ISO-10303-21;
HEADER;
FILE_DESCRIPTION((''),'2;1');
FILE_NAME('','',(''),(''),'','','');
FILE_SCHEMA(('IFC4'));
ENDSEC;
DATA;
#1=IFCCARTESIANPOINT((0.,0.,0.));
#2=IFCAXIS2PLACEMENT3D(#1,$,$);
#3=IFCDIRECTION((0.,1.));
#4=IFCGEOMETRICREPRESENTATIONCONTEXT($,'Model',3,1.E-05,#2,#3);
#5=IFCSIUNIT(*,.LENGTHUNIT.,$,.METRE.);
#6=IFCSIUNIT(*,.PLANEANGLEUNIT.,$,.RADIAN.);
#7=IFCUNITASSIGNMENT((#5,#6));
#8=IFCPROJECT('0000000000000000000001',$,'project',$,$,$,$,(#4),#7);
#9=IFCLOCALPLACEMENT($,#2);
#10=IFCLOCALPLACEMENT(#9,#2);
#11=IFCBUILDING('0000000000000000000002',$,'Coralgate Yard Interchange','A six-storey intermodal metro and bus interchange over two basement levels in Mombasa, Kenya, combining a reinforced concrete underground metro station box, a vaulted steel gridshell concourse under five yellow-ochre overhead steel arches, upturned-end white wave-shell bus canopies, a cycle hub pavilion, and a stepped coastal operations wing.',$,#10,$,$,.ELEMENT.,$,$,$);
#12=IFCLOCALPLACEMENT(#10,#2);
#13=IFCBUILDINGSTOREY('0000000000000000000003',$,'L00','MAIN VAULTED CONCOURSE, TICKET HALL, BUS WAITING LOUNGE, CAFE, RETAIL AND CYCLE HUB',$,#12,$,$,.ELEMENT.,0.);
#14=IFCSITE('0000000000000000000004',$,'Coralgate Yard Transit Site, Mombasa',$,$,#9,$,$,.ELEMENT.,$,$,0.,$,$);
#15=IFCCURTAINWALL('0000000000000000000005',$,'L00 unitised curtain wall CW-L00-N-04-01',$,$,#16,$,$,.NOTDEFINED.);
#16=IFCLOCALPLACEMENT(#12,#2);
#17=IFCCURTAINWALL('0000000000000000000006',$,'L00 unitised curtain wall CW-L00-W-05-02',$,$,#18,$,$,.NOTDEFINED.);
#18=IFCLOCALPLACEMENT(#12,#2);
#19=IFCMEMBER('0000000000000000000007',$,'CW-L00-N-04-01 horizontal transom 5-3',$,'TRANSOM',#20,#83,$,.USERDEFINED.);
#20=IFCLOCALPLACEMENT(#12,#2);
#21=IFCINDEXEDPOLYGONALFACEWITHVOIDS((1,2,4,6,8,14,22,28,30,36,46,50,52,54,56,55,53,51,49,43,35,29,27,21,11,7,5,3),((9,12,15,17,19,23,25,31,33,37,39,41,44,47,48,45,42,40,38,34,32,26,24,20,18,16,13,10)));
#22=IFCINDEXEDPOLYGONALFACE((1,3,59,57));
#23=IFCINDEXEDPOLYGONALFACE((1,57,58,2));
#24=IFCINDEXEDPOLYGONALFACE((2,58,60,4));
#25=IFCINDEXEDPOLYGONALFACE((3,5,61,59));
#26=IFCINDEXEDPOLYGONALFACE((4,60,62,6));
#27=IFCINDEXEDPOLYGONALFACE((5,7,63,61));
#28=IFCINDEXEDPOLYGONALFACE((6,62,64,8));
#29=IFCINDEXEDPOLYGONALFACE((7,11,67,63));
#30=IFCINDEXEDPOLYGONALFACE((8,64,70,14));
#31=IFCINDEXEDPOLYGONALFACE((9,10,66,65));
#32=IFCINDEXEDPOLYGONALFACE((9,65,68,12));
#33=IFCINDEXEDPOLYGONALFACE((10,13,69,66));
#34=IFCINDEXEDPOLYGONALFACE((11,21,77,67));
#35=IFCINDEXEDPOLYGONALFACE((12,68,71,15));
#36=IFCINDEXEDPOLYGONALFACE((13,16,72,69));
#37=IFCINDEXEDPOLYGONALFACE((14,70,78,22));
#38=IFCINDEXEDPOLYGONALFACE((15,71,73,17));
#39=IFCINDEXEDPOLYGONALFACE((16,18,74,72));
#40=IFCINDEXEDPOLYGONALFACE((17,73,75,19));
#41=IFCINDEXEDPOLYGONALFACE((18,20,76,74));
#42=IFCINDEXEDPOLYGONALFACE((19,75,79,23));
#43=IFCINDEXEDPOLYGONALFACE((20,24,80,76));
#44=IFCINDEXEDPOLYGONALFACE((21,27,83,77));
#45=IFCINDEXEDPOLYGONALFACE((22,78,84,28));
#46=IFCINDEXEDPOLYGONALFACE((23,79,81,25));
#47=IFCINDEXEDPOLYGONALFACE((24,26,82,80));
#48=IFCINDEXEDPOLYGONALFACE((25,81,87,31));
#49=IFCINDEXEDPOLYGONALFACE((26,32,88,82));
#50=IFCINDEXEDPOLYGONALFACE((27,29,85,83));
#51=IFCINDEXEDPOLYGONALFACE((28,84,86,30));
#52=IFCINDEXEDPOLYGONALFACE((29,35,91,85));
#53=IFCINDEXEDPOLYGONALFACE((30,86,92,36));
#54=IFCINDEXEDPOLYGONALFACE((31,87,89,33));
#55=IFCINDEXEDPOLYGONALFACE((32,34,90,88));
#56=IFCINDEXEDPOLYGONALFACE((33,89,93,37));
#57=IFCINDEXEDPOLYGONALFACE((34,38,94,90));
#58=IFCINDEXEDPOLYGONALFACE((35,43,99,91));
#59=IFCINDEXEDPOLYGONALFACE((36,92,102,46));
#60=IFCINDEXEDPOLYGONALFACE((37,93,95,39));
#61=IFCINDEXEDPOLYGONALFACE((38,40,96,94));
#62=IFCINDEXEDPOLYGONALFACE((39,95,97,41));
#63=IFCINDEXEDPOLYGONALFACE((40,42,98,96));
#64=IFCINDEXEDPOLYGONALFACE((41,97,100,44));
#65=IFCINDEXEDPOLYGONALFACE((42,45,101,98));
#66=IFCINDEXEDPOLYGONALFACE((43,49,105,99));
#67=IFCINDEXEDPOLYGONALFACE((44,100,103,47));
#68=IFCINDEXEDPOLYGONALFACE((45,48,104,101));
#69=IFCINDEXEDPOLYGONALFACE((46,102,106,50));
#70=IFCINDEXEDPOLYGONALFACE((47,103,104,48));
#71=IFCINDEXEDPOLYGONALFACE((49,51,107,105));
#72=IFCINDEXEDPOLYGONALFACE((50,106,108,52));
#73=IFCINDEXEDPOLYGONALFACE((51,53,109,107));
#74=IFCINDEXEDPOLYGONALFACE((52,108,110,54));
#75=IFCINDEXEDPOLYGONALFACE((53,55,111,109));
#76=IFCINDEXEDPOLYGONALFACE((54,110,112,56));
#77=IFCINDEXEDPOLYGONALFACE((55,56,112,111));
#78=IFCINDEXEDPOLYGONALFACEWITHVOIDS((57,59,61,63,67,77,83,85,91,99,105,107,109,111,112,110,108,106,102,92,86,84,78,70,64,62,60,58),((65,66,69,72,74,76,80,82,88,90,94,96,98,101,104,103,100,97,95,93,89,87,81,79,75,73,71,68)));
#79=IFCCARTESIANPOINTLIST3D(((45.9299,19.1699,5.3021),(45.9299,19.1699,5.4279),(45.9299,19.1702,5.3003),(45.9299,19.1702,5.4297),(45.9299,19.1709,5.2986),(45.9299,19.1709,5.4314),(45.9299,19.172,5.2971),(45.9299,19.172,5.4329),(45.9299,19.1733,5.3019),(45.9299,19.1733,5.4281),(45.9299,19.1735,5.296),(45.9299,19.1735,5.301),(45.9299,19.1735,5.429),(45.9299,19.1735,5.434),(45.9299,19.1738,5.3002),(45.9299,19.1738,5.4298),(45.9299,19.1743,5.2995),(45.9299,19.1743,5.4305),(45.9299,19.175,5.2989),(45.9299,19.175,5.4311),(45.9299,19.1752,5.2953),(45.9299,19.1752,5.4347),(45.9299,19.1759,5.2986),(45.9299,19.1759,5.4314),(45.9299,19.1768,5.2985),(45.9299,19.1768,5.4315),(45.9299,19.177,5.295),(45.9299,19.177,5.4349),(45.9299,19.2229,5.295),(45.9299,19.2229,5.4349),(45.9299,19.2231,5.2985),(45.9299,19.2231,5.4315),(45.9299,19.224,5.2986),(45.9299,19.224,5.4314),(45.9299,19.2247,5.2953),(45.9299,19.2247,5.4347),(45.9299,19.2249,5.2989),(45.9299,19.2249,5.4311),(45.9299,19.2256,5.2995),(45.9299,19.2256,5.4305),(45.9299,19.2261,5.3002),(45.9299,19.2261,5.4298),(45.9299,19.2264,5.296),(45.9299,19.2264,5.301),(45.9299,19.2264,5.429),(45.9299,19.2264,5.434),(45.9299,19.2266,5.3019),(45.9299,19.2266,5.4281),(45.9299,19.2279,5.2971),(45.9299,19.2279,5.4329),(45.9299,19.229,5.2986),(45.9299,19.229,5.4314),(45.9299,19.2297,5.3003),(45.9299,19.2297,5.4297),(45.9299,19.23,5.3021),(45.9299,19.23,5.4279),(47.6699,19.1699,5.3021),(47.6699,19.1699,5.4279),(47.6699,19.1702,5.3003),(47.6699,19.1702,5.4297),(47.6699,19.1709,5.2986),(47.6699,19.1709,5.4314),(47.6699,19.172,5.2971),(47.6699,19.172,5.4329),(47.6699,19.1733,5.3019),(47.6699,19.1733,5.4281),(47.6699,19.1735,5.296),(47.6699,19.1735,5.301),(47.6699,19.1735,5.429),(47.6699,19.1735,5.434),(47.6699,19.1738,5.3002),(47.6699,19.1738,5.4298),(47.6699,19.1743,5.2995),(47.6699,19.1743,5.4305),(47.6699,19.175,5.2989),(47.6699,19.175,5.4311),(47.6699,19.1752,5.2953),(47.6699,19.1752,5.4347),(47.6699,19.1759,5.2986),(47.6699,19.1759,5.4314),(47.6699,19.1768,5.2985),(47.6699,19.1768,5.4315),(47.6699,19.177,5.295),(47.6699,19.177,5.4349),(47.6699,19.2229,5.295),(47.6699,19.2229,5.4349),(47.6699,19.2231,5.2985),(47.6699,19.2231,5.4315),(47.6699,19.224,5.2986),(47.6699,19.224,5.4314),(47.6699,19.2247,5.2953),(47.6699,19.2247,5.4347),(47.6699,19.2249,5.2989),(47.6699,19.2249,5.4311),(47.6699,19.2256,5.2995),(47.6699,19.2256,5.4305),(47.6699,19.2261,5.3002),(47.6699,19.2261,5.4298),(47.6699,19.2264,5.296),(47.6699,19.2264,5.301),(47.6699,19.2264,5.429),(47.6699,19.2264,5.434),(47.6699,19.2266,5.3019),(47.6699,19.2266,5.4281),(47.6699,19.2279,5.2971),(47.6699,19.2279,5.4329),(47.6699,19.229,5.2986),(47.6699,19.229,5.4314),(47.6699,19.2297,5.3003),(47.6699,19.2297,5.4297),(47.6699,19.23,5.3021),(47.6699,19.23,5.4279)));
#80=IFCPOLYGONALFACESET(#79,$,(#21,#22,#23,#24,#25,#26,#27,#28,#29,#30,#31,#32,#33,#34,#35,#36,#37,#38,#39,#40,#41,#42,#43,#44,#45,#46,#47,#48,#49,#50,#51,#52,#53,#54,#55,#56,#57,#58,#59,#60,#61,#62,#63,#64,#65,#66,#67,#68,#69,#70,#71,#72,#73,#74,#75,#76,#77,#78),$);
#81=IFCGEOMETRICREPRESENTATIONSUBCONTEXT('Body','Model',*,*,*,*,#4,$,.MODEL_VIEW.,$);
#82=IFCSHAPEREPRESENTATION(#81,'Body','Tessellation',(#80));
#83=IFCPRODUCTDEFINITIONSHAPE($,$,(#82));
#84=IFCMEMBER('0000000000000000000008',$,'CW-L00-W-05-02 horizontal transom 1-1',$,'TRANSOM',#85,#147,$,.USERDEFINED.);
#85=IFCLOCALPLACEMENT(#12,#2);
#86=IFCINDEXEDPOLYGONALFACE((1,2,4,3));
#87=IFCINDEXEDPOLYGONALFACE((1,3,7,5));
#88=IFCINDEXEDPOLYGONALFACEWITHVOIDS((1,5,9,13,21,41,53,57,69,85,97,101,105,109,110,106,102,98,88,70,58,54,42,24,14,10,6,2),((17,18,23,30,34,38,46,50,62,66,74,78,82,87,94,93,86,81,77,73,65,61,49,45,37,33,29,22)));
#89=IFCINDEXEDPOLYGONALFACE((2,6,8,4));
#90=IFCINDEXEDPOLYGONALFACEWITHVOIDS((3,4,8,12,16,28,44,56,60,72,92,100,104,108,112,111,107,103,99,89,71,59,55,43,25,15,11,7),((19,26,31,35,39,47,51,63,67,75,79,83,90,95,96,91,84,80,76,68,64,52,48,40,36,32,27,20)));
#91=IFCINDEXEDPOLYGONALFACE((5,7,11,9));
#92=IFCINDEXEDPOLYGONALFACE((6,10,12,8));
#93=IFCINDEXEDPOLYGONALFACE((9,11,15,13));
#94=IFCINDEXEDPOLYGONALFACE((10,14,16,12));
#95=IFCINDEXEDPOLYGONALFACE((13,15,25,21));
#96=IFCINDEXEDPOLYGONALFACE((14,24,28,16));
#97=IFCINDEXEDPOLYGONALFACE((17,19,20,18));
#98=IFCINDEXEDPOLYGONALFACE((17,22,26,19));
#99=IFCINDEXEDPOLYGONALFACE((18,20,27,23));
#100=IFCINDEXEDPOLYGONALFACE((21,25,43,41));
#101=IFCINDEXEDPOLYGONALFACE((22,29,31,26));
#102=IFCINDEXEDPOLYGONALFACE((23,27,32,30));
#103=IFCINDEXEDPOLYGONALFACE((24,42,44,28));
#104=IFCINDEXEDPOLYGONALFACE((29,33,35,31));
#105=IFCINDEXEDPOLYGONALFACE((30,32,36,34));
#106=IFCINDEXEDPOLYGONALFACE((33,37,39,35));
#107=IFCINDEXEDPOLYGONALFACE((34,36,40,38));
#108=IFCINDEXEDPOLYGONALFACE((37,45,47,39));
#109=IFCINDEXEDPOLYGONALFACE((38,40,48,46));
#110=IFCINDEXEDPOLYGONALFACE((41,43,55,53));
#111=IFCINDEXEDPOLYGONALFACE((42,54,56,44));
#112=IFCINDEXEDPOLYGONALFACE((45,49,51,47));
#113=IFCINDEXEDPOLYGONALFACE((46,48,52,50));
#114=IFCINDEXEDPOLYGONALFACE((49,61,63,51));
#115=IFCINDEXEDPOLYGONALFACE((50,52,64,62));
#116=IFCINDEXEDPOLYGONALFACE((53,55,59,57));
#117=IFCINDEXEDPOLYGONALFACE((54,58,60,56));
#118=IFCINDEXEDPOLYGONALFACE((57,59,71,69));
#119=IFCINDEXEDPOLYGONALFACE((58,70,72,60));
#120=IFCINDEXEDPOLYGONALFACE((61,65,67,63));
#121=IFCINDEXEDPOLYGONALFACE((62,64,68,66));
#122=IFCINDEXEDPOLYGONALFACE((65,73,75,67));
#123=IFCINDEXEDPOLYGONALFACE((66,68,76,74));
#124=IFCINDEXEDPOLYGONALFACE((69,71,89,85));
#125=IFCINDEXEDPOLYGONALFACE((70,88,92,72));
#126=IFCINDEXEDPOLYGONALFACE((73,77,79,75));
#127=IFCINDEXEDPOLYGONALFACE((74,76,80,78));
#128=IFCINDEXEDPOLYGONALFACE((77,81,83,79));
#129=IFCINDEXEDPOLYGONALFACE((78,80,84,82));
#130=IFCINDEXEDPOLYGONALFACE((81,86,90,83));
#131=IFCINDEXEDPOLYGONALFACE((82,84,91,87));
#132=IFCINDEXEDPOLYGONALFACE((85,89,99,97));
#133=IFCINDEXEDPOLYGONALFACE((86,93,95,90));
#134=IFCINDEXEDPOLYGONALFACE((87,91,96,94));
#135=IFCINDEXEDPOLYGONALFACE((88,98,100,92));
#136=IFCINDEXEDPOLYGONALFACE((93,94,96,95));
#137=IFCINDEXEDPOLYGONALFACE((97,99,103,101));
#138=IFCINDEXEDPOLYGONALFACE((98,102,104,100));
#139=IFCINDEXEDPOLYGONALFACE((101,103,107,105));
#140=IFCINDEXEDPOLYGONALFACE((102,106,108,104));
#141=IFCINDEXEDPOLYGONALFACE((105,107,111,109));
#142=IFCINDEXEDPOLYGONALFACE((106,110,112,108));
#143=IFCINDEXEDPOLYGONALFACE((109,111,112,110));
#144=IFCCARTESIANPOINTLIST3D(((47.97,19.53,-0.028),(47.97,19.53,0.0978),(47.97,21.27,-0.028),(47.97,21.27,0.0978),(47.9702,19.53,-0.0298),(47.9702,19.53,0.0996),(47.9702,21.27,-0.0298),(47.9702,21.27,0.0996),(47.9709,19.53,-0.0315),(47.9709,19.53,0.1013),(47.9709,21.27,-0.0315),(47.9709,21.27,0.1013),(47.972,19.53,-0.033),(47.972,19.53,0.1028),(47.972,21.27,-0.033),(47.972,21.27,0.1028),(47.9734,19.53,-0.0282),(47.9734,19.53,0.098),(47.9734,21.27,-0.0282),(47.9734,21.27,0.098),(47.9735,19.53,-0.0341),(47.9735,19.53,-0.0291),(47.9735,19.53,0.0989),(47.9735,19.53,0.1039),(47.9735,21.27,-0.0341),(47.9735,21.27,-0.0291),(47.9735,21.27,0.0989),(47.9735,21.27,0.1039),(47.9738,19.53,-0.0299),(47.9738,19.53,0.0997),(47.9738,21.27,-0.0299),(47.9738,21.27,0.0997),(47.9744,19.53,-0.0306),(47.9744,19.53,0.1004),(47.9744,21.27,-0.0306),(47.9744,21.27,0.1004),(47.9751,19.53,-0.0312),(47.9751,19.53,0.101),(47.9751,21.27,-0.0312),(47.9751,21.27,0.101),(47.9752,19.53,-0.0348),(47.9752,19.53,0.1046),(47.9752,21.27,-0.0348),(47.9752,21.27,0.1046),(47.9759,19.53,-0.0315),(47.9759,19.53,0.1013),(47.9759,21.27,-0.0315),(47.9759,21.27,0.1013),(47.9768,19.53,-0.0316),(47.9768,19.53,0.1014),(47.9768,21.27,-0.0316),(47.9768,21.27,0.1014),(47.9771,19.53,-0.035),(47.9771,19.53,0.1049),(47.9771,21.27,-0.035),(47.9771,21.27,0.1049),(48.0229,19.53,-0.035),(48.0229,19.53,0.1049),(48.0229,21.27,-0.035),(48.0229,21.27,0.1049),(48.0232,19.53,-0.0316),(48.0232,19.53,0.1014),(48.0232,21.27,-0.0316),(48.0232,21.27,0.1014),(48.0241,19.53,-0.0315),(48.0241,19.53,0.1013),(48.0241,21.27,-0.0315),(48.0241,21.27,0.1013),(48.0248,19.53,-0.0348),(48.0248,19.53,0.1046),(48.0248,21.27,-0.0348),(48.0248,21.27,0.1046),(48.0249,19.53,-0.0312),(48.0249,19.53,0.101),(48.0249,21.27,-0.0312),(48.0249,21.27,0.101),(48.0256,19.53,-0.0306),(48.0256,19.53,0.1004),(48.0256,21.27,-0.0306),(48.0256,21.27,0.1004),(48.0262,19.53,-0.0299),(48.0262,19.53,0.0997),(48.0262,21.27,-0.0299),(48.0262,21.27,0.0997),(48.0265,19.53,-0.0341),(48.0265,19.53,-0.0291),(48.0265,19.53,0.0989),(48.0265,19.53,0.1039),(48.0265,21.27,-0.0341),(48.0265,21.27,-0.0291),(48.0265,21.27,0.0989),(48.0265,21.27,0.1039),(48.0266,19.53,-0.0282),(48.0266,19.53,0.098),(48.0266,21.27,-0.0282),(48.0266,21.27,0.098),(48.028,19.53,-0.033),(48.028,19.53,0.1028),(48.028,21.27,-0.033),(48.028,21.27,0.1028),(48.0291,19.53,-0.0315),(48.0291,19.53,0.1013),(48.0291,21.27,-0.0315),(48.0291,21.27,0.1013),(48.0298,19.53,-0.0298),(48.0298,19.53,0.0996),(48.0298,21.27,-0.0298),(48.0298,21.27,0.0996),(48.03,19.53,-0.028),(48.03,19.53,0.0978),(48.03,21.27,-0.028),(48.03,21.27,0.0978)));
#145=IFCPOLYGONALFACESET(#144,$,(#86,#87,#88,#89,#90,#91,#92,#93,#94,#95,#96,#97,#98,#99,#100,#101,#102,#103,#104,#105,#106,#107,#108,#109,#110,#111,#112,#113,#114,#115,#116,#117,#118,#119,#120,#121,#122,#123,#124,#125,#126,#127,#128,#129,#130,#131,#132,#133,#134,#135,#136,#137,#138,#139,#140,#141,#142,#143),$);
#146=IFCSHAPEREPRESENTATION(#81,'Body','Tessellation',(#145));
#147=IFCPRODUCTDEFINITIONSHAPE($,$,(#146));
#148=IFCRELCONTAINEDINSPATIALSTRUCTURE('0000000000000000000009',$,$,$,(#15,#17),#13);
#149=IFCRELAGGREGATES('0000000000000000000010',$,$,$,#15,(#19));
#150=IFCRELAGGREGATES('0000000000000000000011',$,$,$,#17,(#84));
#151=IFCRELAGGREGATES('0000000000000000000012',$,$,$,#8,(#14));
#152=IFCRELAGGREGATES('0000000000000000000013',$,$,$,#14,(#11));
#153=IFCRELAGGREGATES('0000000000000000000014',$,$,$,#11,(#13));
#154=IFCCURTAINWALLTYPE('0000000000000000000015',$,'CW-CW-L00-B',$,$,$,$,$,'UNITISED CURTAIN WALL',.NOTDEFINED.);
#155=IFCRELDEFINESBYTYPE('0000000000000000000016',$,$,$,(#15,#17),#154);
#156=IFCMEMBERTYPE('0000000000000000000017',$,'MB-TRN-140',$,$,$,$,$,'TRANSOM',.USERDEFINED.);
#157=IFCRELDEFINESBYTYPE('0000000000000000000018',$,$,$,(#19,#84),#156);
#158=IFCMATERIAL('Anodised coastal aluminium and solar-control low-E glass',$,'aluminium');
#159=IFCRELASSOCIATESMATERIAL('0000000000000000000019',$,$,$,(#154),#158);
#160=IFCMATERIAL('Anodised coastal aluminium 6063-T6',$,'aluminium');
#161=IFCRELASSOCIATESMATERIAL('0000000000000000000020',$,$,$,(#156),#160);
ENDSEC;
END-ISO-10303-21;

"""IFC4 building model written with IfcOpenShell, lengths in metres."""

from ifc_helpers import new_model, si_unit, direction, frame, origin, origin_2d, place, context, subcontext, project, spatial, hollow_rectangle, extrude, material, material_profile, profile_set, type_object, element, aggregate, save


model = new_model("IFC4")

# Units and contexts
model_context = context("Model", 3, precision=1e-05, world=origin(), true_north=direction((0.0, 1.0)))
body_context = subcontext(model_context, "Body", "Model", "MODEL_VIEW")
ifc_project = project(units=[si_unit("LENGTHUNIT", "METRE"), si_unit("PLANEANGLEUNIT", "RADIAN")], contexts=[model_context])

# Site, building, storey
site_placement = place(None, origin())
site = spatial("IfcSite", under=ifc_project, at=site_placement, Name="Coralgate Yard Transit Site, Mombasa", CompositionType="ELEMENT", RefElevation=0.0)
building_placement = place(site_placement, origin())
building = spatial("IfcBuilding", under=site, at=building_placement, Name="Coralgate Yard Interchange", Description="A six-storey intermodal metro and bus interchange over two basement levels in Mombasa, Kenya, combining a reinforced concrete underground metro station box, a vaulted steel gridshell concourse under five yellow-ochre overhead steel arches, upturned-end white wave-shell bus canopies, a cycle hub pavilion, and a stepped coastal operations wing.", CompositionType="ELEMENT")
storey_placement = place(building_placement, origin())
storey = spatial("IfcBuildingStorey", under=building, at=storey_placement, Name="L00", Description="MAIN VAULTED CONCOURSE, TICKET HALL, BUS WAITING LOUNGE, CAFE, RETAIL AND CYCLE HUB", CompositionType="ELEMENT", Elevation=0.0)

# Curtain wall
ifc_material_1 = material(Name="Anodised coastal aluminium and solar-control low-E glass", Category="aluminium")
curtain_wall_type = type_object("IfcCurtainWallType", Name="CW-CW-L00-B", ElementType="UNITISED CURTAIN WALL", PredefinedType="NOTDEFINED", material=ifc_material_1)
curtain_wall_1_placement = place(storey_placement, origin())
curtain_wall_1 = element("IfcCurtainWall", 1, at=curtain_wall_1_placement, inside=storey, type_object=curtain_wall_type, Name="L00 unitised curtain wall CW-L00-N-04-01", PredefinedType="NOTDEFINED")
ifc_material_2 = material(Name="Anodised coastal aluminium 6063-T6", Category="aluminium")

# Curtain wall
curtain_wall_2_placement = place(storey_placement, origin())
curtain_wall_2 = element("IfcCurtainWall", 2, at=curtain_wall_2_placement, inside=storey, type_object=curtain_wall_type, Name="L00 unitised curtain wall CW-L00-W-05-02", PredefinedType="NOTDEFINED")

# Members
ifc_material_profile_1 = material_profile(ifc_material_2, hollow_rectangle(XDim=0.0601, YDim=0.1399, WallThickness=0.0034, InnerFilletRadius=0.0034, OuterFilletRadius=0.0071, at=origin_2d()), Name="ALU 60x140x3.5")
ifc_profile_set_1 = profile_set([ifc_material_profile_1], Name="Anodised coastal aluminium 6063-T6")
member_type_1 = type_object("IfcMemberType", Name="MB-TRN-140", ElementType="TRANSOM", PredefinedType="USERDEFINED", material=ifc_profile_set_1)
member_1_placement = place(storey_placement, frame((45.9299, 19.2, 5.365), z_axis=(1.0, 0.0, 0.0), x_axis=(0.0, 1.0, 0.0)))
member_1 = element("IfcMember", 3, at=member_1_placement, type_object=member_type_1, Name="CW-L00-N-04-01 horizontal transom 5-3", ObjectType="TRANSOM", PredefinedType="USERDEFINED", context=body_context, shape_type="SweptSolid", body=[
    extrude(hollow_rectangle(XDim=0.0601, YDim=0.1399, WallThickness=0.0034, InnerFilletRadius=0.0034, OuterFilletRadius=0.0071, at=origin_2d()), origin(), (0.0, 0.0, 1.0), 1.74),
])
member_2_placement = place(storey_placement, frame((48.0, 19.53, 0.0349), z_axis=(0.0, 1.0, 0.0), x_axis=(-1.0, 0.0, 0.0)))
member_2 = element("IfcMember", 4, at=member_2_placement, type_object=member_type_1, Name="CW-L00-W-05-02 horizontal transom 1-1", ObjectType="TRANSOM", PredefinedType="USERDEFINED", context=body_context, shape_type="SweptSolid", body=[
    extrude(hollow_rectangle(XDim=0.0601, YDim=0.1399, WallThickness=0.0034, InnerFilletRadius=0.0034, OuterFilletRadius=0.0071, at=origin_2d()), origin(), (0.0, 0.0, 1.0), 1.74),
])

aggregate(curtain_wall_1, [member_1])
aggregate(curtain_wall_2, [member_2])

save(model, "model.ifc")
